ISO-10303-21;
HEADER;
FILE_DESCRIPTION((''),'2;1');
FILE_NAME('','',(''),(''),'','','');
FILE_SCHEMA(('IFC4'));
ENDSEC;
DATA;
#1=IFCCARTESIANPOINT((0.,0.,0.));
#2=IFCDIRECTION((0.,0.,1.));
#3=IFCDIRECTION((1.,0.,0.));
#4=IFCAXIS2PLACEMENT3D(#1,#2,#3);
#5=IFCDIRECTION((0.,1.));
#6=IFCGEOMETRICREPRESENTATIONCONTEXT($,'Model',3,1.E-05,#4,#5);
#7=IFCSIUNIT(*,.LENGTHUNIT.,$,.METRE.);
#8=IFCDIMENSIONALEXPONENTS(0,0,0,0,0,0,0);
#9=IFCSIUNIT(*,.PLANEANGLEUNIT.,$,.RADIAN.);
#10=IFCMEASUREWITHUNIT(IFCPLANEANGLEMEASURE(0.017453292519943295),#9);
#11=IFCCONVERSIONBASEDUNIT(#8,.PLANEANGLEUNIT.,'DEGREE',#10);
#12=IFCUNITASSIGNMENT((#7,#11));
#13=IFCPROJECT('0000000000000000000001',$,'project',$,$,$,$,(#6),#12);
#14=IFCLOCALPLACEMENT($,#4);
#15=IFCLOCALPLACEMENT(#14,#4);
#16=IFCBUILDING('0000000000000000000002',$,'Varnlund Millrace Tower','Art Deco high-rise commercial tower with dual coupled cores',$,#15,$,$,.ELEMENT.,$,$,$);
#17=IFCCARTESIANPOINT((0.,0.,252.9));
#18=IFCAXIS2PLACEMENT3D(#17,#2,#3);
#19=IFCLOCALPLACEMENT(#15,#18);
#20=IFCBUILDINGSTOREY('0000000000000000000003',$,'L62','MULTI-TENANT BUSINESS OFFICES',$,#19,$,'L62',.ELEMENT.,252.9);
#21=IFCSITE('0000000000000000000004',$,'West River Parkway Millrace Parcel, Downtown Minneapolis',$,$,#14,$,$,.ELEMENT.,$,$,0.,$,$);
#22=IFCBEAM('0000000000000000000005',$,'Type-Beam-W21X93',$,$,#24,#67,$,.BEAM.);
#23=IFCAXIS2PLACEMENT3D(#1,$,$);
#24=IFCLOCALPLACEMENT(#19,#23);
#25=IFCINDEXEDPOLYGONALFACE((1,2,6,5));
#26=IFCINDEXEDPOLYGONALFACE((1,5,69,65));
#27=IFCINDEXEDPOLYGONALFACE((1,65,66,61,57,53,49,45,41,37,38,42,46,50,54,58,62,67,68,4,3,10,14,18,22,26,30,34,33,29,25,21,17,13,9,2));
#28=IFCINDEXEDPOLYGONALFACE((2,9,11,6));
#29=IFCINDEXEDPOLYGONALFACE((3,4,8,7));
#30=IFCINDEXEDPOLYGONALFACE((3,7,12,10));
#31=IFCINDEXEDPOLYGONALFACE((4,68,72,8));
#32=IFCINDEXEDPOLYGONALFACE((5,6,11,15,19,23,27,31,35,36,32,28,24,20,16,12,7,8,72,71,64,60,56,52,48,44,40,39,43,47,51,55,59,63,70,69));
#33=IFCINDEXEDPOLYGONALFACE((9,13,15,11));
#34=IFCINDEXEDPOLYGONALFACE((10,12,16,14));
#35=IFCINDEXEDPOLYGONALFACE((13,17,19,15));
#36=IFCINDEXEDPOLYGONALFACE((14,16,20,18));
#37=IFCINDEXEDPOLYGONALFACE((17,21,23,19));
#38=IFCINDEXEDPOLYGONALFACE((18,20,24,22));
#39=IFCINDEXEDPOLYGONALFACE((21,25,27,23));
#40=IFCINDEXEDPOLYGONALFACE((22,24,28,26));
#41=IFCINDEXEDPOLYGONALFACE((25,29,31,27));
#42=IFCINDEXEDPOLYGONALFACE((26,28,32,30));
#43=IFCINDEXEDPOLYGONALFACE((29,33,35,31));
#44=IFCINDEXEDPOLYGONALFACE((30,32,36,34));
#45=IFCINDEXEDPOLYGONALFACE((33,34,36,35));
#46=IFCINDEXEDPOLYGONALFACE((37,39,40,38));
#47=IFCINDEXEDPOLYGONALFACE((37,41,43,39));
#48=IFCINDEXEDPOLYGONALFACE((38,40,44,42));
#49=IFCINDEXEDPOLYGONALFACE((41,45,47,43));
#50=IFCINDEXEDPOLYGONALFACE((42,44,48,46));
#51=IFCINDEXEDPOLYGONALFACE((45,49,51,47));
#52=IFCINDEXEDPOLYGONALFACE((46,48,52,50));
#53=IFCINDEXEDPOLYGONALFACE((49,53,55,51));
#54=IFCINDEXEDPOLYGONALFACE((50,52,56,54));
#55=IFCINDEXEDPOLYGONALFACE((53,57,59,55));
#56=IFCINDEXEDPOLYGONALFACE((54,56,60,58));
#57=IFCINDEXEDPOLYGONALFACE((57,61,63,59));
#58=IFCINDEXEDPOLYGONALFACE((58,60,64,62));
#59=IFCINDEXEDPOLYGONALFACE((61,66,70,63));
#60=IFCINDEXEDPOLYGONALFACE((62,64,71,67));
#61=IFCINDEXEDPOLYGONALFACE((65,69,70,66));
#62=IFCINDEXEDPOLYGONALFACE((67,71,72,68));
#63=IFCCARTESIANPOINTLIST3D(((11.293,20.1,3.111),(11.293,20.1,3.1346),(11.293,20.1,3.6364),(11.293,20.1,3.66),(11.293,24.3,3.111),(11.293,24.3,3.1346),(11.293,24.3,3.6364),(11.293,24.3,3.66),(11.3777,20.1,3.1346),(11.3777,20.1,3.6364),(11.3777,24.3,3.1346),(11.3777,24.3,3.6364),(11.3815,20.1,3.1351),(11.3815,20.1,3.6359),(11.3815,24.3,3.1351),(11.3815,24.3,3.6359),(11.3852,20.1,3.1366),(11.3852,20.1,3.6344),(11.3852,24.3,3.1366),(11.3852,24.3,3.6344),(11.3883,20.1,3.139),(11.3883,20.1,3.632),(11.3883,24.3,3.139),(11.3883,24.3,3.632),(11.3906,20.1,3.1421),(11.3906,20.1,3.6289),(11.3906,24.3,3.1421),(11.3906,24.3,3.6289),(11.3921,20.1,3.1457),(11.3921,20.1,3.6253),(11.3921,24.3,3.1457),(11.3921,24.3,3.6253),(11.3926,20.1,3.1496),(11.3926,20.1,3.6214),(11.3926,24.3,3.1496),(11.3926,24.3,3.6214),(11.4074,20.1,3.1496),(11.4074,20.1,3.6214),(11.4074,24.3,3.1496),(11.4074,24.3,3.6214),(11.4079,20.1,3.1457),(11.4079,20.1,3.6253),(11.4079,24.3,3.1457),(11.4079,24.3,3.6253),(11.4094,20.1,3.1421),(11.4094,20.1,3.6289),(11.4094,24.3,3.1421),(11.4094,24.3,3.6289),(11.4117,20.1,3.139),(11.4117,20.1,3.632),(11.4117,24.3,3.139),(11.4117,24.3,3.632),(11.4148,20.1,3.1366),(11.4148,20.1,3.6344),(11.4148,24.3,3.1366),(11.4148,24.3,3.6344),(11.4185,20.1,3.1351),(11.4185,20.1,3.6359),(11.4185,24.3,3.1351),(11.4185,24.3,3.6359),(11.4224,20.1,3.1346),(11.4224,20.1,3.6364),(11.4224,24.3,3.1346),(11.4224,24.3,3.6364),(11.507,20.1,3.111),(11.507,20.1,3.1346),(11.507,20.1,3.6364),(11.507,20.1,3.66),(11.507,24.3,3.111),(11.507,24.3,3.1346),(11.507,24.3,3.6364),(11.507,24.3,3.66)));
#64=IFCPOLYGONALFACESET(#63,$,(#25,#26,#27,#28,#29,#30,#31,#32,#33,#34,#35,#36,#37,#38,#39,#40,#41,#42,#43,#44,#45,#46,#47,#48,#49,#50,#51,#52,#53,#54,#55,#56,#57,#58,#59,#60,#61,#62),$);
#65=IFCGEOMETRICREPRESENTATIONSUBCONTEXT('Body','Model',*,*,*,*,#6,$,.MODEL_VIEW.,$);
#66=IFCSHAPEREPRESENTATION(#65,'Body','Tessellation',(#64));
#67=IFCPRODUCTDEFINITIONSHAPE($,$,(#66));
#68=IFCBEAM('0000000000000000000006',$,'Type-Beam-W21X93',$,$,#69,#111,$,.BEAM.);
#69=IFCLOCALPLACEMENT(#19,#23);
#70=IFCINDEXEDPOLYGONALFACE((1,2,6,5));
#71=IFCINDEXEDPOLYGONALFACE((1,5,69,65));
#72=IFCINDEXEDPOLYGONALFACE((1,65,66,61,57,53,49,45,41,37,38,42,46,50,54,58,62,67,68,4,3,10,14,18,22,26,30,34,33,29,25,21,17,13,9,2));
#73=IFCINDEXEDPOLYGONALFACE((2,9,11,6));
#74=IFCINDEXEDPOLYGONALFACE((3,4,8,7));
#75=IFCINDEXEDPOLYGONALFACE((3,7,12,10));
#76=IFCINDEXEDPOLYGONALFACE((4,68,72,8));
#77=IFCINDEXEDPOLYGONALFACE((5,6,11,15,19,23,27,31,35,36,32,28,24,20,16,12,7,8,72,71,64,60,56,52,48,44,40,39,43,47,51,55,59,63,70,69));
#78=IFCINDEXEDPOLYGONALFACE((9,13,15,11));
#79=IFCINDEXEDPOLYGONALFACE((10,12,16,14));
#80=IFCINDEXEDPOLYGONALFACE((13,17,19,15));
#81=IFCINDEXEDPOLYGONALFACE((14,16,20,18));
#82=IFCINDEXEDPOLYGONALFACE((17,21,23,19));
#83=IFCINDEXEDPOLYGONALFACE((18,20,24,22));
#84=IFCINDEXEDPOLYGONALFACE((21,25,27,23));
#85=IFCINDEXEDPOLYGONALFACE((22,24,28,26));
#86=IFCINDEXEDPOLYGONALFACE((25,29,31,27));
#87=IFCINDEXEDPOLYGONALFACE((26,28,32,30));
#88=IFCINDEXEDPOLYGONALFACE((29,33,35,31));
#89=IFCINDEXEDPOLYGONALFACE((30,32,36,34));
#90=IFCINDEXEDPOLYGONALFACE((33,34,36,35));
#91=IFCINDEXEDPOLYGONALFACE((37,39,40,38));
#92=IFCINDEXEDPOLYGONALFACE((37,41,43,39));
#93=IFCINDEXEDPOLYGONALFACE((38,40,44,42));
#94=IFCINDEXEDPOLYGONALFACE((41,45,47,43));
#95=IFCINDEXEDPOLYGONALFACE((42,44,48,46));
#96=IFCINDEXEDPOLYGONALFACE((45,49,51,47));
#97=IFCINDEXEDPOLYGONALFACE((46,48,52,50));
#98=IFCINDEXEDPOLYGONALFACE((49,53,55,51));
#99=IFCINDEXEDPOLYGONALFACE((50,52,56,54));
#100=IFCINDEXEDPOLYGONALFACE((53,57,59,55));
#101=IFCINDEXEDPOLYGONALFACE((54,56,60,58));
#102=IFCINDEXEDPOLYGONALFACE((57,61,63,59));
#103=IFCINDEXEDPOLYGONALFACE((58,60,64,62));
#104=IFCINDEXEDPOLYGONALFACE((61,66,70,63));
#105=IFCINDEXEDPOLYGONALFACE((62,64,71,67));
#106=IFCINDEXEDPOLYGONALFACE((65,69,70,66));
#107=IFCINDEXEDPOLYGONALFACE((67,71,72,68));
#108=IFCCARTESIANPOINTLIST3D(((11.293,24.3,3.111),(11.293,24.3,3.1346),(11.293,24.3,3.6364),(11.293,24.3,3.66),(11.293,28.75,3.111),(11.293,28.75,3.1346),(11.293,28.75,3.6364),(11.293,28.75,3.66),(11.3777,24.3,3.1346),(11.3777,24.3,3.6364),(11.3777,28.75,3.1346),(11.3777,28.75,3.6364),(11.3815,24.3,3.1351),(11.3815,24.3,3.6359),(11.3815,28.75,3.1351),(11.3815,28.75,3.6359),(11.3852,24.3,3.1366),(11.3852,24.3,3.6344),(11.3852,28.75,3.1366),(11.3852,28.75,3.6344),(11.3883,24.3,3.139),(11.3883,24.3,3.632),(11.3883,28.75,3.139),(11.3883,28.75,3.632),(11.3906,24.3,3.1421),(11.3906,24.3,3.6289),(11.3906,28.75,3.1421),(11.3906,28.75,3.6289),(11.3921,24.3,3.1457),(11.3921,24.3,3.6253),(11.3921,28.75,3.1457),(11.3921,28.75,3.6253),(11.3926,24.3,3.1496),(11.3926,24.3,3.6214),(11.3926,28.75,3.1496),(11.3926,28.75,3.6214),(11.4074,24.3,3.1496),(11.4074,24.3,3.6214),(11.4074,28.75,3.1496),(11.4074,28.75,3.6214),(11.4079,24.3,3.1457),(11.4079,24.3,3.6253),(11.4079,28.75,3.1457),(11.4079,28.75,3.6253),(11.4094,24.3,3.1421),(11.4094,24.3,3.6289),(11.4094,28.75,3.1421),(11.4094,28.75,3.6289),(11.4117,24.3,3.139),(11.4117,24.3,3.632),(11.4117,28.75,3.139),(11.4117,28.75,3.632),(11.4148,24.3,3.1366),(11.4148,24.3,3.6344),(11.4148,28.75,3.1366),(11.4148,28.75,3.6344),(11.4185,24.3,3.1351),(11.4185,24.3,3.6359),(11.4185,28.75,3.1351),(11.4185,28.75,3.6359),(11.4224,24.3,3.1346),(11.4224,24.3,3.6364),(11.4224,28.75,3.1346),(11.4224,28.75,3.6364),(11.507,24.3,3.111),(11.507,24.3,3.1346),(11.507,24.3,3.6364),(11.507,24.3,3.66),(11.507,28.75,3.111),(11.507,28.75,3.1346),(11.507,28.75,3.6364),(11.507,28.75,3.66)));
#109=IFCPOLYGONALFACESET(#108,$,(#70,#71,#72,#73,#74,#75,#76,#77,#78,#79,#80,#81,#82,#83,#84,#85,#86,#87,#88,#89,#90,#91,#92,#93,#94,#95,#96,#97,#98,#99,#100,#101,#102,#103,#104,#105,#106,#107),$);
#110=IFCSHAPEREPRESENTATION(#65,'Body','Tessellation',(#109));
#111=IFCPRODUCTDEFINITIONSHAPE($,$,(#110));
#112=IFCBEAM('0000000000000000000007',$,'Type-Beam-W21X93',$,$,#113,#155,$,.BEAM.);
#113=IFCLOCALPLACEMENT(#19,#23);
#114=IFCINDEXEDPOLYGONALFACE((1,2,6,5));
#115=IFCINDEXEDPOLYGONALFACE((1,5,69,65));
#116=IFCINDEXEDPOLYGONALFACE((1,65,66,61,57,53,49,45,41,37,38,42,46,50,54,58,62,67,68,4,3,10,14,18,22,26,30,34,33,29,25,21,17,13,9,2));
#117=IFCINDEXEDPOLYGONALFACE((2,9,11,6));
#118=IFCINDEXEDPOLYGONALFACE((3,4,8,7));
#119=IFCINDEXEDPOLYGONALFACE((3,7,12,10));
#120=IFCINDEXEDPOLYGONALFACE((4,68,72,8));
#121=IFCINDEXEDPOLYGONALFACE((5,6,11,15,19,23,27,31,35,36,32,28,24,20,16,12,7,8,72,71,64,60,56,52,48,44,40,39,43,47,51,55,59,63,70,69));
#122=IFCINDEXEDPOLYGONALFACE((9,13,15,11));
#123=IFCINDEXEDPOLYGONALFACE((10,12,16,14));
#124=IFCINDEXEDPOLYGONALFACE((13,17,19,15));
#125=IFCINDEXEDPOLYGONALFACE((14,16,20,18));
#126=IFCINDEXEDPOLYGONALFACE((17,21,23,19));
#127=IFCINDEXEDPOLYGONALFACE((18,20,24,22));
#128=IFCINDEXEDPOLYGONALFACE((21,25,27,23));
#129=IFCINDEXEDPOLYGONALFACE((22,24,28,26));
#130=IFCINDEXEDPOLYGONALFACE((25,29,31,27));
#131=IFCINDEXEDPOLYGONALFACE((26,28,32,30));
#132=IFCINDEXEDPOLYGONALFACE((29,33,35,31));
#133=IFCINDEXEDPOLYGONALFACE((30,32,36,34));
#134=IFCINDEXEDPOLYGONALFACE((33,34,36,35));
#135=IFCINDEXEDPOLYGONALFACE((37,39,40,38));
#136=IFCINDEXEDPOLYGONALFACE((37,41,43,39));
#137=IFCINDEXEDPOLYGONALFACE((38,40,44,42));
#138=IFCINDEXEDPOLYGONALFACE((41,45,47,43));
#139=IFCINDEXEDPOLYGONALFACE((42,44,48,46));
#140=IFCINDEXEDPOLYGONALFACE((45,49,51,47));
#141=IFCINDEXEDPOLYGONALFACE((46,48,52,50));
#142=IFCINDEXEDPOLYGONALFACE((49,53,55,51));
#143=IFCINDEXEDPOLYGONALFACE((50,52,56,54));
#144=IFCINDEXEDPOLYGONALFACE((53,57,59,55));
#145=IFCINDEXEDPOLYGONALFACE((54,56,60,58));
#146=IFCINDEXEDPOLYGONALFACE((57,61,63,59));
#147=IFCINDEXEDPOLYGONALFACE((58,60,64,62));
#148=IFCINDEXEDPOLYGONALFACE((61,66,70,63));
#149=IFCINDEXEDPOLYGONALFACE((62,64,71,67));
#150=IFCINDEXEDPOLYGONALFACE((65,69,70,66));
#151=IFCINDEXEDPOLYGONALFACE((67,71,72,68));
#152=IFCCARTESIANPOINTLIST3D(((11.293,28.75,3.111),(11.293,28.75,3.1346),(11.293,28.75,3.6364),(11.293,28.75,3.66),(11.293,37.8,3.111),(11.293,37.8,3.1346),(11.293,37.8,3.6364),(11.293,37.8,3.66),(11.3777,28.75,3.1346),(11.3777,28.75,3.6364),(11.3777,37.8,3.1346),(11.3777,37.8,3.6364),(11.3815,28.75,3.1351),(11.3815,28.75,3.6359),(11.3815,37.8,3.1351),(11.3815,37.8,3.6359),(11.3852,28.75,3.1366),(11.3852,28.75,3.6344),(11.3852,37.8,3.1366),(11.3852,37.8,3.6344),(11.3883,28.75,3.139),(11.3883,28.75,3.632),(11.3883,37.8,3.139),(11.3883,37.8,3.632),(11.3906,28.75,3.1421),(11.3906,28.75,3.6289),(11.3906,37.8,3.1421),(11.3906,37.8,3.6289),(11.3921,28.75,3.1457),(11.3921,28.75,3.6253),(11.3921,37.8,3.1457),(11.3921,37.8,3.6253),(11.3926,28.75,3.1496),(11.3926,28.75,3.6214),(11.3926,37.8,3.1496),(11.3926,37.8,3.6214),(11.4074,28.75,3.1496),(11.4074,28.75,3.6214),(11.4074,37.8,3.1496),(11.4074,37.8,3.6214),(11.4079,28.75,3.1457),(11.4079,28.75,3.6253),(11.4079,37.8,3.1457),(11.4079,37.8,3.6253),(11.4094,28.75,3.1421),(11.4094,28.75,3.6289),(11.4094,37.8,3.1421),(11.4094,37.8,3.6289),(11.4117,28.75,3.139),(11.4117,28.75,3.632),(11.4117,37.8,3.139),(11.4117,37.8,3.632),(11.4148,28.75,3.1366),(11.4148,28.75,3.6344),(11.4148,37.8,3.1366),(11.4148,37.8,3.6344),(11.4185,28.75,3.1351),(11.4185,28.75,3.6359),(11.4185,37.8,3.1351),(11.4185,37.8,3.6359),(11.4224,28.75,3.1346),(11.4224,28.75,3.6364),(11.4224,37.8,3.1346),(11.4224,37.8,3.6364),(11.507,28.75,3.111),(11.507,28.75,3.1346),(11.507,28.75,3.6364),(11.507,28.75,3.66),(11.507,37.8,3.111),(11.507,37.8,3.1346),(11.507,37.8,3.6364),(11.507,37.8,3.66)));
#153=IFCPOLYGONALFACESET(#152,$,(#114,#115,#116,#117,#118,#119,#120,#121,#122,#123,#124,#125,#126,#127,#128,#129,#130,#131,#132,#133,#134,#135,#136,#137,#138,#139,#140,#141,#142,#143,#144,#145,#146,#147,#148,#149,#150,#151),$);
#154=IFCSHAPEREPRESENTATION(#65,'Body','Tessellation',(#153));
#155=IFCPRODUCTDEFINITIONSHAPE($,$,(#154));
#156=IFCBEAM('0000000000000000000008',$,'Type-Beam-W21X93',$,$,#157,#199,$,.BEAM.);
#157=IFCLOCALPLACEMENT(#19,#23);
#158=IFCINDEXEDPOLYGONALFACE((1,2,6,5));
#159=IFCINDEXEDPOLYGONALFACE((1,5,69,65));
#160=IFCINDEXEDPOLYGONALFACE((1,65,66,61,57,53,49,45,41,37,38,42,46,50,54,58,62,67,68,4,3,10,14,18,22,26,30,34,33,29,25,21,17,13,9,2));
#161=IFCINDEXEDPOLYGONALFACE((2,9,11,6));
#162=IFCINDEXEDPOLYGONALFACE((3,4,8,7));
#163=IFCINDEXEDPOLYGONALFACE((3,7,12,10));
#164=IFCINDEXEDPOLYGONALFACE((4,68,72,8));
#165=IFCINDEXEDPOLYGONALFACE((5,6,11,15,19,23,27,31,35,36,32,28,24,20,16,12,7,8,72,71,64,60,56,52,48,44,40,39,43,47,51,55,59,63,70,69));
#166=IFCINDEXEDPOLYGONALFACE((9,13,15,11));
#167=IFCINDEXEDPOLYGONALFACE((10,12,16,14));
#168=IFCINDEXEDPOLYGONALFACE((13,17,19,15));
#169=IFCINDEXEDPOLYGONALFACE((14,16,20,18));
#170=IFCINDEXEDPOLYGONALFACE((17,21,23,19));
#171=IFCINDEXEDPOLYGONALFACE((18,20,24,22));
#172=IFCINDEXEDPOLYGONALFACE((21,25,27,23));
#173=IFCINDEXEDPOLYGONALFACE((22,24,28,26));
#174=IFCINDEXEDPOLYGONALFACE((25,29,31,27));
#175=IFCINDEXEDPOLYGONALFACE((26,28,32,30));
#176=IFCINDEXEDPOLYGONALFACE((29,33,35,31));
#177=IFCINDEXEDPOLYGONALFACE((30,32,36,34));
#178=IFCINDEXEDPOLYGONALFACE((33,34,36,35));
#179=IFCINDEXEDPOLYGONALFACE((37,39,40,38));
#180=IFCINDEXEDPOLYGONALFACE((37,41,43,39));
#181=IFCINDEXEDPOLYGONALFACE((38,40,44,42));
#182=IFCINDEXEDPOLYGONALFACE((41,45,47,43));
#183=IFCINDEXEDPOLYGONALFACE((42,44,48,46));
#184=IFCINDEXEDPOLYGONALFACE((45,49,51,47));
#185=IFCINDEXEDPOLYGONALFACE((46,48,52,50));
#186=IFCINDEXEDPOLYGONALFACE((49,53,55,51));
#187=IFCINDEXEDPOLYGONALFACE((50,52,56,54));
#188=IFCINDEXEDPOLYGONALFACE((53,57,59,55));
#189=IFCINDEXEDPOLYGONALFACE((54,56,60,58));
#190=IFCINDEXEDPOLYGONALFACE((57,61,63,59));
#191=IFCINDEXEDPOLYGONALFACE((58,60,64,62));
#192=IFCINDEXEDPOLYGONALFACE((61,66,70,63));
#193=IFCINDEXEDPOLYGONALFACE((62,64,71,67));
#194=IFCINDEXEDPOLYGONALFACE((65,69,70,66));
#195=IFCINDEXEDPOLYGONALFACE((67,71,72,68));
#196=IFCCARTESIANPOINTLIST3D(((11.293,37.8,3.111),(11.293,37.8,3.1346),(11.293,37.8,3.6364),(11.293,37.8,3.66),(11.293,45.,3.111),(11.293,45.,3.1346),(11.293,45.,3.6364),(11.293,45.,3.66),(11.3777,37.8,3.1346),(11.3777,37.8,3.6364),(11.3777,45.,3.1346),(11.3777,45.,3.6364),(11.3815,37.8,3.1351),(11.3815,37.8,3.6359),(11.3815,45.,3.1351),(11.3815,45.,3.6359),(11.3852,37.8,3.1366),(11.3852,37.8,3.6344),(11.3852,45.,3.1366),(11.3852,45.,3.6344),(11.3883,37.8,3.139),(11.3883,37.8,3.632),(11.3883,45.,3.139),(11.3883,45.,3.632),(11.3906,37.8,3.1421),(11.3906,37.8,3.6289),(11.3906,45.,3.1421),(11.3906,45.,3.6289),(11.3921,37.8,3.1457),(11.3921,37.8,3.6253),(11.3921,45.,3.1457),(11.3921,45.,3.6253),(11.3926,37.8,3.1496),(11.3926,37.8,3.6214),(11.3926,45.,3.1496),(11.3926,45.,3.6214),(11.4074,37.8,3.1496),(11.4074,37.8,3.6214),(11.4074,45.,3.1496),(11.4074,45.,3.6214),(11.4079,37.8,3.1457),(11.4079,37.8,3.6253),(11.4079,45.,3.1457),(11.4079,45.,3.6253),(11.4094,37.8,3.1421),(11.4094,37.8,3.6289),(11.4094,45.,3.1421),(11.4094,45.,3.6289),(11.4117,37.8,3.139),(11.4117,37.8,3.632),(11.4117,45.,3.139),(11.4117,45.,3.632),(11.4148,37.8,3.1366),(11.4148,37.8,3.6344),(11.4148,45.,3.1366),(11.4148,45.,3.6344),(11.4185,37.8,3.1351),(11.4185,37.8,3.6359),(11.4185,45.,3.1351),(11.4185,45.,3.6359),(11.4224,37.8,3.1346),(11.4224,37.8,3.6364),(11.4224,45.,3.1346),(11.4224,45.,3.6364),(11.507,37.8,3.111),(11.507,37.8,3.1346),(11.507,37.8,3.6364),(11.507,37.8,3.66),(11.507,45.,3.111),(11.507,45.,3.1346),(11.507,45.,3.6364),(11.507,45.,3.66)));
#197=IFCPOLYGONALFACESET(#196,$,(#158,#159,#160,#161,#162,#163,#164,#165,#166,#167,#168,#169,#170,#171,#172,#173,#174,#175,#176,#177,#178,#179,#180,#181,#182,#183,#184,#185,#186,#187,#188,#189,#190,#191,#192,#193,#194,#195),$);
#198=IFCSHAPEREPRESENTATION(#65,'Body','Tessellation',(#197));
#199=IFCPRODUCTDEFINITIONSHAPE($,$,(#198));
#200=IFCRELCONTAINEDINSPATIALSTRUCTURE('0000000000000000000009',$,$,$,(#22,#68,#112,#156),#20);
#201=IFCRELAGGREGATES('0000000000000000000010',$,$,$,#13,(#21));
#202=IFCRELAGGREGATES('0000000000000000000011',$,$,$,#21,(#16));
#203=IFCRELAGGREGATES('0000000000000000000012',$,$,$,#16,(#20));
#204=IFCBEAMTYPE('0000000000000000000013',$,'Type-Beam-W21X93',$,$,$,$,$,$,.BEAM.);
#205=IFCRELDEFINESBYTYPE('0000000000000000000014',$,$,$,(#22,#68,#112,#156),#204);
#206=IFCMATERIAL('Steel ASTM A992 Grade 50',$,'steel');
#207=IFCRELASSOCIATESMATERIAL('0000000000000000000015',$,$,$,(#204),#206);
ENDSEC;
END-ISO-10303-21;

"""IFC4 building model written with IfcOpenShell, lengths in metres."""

from ifc_helpers import new_model, entity, si_unit, converted_unit, direction, frame, origin_with_axes, origin_2d_with_axis, place, context, subcontext, project, spatial, i_section, extrude, material, material_profile, profile_set, type_object, element, save


model = new_model("IFC4")

# Units and contexts
model_context = context("Model", 3, precision=1e-05, world=origin_with_axes(), true_north=direction((0.0, 1.0)))
body_context = subcontext(model_context, "Body", "Model", "MODEL_VIEW")
ifc_project = project(units=[si_unit("LENGTHUNIT", "METRE"), converted_unit("PLANEANGLEUNIT", "DEGREE", entity("IfcPlaneAngleMeasure", 0.017453292519943295), si_unit("PLANEANGLEUNIT", "RADIAN"), dimensions=[0, 0, 0, 0, 0, 0, 0])], contexts=[model_context])

# Site, building, storey
site_placement = place(None, origin_with_axes())
site = spatial("IfcSite", under=ifc_project, at=site_placement, Name="West River Parkway Millrace Parcel, Downtown Minneapolis", CompositionType="ELEMENT", RefElevation=0.0)
building_placement = place(site_placement, origin_with_axes())
building = spatial("IfcBuilding", under=site, at=building_placement, Name="Varnlund Millrace Tower", Description="Art Deco high-rise commercial tower with dual coupled cores", CompositionType="ELEMENT")
storey_placement = place(building_placement, frame((0.0, 0.0, 252.9), z_axis=(0.0, 0.0, 1.0), x_axis=(1.0, 0.0, 0.0)))
storey = spatial("IfcBuildingStorey", under=building, at=storey_placement, Name="L62", Description="MULTI-TENANT BUSINESS OFFICES", LongName="L62", CompositionType="ELEMENT", Elevation=252.9)

# Beams
ifc_material_1 = material(Name="Steel ASTM A992 Grade 50", Category="steel")
ifc_material_profile_1 = material_profile(ifc_material_1, i_section(OverallWidth=0.214, OverallDepth=0.549, WebThickness=0.0147, FlangeThickness=0.0236, FilletRadius=0.015, at=origin_2d_with_axis()), Name="Steel ASTM A992 Grade 50")
ifc_profile_set_1 = profile_set([ifc_material_profile_1], Name="Steel ASTM A992 Grade 50")
beam_type_1 = type_object("IfcBeamType", Name="Type-Beam-W21X93", PredefinedType="BEAM", material=ifc_profile_set_1)
beam_1_placement = place(storey_placement, frame((11.4, 20.1, 3.3855), z_axis=(0.0, 1.0, 0.0), x_axis=(-1.0, 0.0, 0.0)))
element("IfcBeam", 1, at=beam_1_placement, inside=storey, type_object=beam_type_1, Name="Type-Beam-W21X93", PredefinedType="BEAM", context=body_context, shape_type="SweptSolid", body=[
    extrude(i_section(OverallWidth=0.214, OverallDepth=0.549, WebThickness=0.0147, FlangeThickness=0.0236, FilletRadius=0.015, at=origin_2d_with_axis()), origin_with_axes(), (0.0, 0.0, 1.0), 4.2),
])
beam_2_placement = place(storey_placement, frame((11.4, 24.3, 3.3855), z_axis=(0.0, 1.0, 0.0), x_axis=(-1.0, 0.0, 0.0)))
element("IfcBeam", 2, at=beam_2_placement, inside=storey, type_object=beam_type_1, Name="Type-Beam-W21X93", PredefinedType="BEAM", context=body_context, shape_type="SweptSolid", body=[
    extrude(i_section(OverallWidth=0.214, OverallDepth=0.549, WebThickness=0.0147, FlangeThickness=0.0236, FilletRadius=0.015, at=origin_2d_with_axis()), origin_with_axes(), (0.0, 0.0, 1.0), 4.45),
])
beam_3_placement = place(storey_placement, frame((11.4, 28.75, 3.3855), z_axis=(0.0, 1.0, 0.0), x_axis=(-1.0, 0.0, 0.0)))
element("IfcBeam", 3, at=beam_3_placement, inside=storey, type_object=beam_type_1, Name="Type-Beam-W21X93", PredefinedType="BEAM", context=body_context, shape_type="SweptSolid", body=[
    extrude(i_section(OverallWidth=0.214, OverallDepth=0.549, WebThickness=0.0147, FlangeThickness=0.0236, FilletRadius=0.015, at=origin_2d_with_axis()), origin_with_axes(), (0.0, 0.0, 1.0), 9.05),
])
beam_4_placement = place(storey_placement, frame((11.4, 37.8, 3.3855), z_axis=(0.0, 1.0, 0.0), x_axis=(-1.0, 0.0, 0.0)))
element("IfcBeam", 4, at=beam_4_placement, inside=storey, type_object=beam_type_1, Name="Type-Beam-W21X93", PredefinedType="BEAM", context=body_context, shape_type="SweptSolid", body=[
    extrude(i_section(OverallWidth=0.214, OverallDepth=0.549, WebThickness=0.0147, FlangeThickness=0.0236, FilletRadius=0.015, at=origin_2d_with_axis()), origin_with_axes(), (0.0, 0.0, 1.0), 7.2),
])

save(model, "model.ifc")
